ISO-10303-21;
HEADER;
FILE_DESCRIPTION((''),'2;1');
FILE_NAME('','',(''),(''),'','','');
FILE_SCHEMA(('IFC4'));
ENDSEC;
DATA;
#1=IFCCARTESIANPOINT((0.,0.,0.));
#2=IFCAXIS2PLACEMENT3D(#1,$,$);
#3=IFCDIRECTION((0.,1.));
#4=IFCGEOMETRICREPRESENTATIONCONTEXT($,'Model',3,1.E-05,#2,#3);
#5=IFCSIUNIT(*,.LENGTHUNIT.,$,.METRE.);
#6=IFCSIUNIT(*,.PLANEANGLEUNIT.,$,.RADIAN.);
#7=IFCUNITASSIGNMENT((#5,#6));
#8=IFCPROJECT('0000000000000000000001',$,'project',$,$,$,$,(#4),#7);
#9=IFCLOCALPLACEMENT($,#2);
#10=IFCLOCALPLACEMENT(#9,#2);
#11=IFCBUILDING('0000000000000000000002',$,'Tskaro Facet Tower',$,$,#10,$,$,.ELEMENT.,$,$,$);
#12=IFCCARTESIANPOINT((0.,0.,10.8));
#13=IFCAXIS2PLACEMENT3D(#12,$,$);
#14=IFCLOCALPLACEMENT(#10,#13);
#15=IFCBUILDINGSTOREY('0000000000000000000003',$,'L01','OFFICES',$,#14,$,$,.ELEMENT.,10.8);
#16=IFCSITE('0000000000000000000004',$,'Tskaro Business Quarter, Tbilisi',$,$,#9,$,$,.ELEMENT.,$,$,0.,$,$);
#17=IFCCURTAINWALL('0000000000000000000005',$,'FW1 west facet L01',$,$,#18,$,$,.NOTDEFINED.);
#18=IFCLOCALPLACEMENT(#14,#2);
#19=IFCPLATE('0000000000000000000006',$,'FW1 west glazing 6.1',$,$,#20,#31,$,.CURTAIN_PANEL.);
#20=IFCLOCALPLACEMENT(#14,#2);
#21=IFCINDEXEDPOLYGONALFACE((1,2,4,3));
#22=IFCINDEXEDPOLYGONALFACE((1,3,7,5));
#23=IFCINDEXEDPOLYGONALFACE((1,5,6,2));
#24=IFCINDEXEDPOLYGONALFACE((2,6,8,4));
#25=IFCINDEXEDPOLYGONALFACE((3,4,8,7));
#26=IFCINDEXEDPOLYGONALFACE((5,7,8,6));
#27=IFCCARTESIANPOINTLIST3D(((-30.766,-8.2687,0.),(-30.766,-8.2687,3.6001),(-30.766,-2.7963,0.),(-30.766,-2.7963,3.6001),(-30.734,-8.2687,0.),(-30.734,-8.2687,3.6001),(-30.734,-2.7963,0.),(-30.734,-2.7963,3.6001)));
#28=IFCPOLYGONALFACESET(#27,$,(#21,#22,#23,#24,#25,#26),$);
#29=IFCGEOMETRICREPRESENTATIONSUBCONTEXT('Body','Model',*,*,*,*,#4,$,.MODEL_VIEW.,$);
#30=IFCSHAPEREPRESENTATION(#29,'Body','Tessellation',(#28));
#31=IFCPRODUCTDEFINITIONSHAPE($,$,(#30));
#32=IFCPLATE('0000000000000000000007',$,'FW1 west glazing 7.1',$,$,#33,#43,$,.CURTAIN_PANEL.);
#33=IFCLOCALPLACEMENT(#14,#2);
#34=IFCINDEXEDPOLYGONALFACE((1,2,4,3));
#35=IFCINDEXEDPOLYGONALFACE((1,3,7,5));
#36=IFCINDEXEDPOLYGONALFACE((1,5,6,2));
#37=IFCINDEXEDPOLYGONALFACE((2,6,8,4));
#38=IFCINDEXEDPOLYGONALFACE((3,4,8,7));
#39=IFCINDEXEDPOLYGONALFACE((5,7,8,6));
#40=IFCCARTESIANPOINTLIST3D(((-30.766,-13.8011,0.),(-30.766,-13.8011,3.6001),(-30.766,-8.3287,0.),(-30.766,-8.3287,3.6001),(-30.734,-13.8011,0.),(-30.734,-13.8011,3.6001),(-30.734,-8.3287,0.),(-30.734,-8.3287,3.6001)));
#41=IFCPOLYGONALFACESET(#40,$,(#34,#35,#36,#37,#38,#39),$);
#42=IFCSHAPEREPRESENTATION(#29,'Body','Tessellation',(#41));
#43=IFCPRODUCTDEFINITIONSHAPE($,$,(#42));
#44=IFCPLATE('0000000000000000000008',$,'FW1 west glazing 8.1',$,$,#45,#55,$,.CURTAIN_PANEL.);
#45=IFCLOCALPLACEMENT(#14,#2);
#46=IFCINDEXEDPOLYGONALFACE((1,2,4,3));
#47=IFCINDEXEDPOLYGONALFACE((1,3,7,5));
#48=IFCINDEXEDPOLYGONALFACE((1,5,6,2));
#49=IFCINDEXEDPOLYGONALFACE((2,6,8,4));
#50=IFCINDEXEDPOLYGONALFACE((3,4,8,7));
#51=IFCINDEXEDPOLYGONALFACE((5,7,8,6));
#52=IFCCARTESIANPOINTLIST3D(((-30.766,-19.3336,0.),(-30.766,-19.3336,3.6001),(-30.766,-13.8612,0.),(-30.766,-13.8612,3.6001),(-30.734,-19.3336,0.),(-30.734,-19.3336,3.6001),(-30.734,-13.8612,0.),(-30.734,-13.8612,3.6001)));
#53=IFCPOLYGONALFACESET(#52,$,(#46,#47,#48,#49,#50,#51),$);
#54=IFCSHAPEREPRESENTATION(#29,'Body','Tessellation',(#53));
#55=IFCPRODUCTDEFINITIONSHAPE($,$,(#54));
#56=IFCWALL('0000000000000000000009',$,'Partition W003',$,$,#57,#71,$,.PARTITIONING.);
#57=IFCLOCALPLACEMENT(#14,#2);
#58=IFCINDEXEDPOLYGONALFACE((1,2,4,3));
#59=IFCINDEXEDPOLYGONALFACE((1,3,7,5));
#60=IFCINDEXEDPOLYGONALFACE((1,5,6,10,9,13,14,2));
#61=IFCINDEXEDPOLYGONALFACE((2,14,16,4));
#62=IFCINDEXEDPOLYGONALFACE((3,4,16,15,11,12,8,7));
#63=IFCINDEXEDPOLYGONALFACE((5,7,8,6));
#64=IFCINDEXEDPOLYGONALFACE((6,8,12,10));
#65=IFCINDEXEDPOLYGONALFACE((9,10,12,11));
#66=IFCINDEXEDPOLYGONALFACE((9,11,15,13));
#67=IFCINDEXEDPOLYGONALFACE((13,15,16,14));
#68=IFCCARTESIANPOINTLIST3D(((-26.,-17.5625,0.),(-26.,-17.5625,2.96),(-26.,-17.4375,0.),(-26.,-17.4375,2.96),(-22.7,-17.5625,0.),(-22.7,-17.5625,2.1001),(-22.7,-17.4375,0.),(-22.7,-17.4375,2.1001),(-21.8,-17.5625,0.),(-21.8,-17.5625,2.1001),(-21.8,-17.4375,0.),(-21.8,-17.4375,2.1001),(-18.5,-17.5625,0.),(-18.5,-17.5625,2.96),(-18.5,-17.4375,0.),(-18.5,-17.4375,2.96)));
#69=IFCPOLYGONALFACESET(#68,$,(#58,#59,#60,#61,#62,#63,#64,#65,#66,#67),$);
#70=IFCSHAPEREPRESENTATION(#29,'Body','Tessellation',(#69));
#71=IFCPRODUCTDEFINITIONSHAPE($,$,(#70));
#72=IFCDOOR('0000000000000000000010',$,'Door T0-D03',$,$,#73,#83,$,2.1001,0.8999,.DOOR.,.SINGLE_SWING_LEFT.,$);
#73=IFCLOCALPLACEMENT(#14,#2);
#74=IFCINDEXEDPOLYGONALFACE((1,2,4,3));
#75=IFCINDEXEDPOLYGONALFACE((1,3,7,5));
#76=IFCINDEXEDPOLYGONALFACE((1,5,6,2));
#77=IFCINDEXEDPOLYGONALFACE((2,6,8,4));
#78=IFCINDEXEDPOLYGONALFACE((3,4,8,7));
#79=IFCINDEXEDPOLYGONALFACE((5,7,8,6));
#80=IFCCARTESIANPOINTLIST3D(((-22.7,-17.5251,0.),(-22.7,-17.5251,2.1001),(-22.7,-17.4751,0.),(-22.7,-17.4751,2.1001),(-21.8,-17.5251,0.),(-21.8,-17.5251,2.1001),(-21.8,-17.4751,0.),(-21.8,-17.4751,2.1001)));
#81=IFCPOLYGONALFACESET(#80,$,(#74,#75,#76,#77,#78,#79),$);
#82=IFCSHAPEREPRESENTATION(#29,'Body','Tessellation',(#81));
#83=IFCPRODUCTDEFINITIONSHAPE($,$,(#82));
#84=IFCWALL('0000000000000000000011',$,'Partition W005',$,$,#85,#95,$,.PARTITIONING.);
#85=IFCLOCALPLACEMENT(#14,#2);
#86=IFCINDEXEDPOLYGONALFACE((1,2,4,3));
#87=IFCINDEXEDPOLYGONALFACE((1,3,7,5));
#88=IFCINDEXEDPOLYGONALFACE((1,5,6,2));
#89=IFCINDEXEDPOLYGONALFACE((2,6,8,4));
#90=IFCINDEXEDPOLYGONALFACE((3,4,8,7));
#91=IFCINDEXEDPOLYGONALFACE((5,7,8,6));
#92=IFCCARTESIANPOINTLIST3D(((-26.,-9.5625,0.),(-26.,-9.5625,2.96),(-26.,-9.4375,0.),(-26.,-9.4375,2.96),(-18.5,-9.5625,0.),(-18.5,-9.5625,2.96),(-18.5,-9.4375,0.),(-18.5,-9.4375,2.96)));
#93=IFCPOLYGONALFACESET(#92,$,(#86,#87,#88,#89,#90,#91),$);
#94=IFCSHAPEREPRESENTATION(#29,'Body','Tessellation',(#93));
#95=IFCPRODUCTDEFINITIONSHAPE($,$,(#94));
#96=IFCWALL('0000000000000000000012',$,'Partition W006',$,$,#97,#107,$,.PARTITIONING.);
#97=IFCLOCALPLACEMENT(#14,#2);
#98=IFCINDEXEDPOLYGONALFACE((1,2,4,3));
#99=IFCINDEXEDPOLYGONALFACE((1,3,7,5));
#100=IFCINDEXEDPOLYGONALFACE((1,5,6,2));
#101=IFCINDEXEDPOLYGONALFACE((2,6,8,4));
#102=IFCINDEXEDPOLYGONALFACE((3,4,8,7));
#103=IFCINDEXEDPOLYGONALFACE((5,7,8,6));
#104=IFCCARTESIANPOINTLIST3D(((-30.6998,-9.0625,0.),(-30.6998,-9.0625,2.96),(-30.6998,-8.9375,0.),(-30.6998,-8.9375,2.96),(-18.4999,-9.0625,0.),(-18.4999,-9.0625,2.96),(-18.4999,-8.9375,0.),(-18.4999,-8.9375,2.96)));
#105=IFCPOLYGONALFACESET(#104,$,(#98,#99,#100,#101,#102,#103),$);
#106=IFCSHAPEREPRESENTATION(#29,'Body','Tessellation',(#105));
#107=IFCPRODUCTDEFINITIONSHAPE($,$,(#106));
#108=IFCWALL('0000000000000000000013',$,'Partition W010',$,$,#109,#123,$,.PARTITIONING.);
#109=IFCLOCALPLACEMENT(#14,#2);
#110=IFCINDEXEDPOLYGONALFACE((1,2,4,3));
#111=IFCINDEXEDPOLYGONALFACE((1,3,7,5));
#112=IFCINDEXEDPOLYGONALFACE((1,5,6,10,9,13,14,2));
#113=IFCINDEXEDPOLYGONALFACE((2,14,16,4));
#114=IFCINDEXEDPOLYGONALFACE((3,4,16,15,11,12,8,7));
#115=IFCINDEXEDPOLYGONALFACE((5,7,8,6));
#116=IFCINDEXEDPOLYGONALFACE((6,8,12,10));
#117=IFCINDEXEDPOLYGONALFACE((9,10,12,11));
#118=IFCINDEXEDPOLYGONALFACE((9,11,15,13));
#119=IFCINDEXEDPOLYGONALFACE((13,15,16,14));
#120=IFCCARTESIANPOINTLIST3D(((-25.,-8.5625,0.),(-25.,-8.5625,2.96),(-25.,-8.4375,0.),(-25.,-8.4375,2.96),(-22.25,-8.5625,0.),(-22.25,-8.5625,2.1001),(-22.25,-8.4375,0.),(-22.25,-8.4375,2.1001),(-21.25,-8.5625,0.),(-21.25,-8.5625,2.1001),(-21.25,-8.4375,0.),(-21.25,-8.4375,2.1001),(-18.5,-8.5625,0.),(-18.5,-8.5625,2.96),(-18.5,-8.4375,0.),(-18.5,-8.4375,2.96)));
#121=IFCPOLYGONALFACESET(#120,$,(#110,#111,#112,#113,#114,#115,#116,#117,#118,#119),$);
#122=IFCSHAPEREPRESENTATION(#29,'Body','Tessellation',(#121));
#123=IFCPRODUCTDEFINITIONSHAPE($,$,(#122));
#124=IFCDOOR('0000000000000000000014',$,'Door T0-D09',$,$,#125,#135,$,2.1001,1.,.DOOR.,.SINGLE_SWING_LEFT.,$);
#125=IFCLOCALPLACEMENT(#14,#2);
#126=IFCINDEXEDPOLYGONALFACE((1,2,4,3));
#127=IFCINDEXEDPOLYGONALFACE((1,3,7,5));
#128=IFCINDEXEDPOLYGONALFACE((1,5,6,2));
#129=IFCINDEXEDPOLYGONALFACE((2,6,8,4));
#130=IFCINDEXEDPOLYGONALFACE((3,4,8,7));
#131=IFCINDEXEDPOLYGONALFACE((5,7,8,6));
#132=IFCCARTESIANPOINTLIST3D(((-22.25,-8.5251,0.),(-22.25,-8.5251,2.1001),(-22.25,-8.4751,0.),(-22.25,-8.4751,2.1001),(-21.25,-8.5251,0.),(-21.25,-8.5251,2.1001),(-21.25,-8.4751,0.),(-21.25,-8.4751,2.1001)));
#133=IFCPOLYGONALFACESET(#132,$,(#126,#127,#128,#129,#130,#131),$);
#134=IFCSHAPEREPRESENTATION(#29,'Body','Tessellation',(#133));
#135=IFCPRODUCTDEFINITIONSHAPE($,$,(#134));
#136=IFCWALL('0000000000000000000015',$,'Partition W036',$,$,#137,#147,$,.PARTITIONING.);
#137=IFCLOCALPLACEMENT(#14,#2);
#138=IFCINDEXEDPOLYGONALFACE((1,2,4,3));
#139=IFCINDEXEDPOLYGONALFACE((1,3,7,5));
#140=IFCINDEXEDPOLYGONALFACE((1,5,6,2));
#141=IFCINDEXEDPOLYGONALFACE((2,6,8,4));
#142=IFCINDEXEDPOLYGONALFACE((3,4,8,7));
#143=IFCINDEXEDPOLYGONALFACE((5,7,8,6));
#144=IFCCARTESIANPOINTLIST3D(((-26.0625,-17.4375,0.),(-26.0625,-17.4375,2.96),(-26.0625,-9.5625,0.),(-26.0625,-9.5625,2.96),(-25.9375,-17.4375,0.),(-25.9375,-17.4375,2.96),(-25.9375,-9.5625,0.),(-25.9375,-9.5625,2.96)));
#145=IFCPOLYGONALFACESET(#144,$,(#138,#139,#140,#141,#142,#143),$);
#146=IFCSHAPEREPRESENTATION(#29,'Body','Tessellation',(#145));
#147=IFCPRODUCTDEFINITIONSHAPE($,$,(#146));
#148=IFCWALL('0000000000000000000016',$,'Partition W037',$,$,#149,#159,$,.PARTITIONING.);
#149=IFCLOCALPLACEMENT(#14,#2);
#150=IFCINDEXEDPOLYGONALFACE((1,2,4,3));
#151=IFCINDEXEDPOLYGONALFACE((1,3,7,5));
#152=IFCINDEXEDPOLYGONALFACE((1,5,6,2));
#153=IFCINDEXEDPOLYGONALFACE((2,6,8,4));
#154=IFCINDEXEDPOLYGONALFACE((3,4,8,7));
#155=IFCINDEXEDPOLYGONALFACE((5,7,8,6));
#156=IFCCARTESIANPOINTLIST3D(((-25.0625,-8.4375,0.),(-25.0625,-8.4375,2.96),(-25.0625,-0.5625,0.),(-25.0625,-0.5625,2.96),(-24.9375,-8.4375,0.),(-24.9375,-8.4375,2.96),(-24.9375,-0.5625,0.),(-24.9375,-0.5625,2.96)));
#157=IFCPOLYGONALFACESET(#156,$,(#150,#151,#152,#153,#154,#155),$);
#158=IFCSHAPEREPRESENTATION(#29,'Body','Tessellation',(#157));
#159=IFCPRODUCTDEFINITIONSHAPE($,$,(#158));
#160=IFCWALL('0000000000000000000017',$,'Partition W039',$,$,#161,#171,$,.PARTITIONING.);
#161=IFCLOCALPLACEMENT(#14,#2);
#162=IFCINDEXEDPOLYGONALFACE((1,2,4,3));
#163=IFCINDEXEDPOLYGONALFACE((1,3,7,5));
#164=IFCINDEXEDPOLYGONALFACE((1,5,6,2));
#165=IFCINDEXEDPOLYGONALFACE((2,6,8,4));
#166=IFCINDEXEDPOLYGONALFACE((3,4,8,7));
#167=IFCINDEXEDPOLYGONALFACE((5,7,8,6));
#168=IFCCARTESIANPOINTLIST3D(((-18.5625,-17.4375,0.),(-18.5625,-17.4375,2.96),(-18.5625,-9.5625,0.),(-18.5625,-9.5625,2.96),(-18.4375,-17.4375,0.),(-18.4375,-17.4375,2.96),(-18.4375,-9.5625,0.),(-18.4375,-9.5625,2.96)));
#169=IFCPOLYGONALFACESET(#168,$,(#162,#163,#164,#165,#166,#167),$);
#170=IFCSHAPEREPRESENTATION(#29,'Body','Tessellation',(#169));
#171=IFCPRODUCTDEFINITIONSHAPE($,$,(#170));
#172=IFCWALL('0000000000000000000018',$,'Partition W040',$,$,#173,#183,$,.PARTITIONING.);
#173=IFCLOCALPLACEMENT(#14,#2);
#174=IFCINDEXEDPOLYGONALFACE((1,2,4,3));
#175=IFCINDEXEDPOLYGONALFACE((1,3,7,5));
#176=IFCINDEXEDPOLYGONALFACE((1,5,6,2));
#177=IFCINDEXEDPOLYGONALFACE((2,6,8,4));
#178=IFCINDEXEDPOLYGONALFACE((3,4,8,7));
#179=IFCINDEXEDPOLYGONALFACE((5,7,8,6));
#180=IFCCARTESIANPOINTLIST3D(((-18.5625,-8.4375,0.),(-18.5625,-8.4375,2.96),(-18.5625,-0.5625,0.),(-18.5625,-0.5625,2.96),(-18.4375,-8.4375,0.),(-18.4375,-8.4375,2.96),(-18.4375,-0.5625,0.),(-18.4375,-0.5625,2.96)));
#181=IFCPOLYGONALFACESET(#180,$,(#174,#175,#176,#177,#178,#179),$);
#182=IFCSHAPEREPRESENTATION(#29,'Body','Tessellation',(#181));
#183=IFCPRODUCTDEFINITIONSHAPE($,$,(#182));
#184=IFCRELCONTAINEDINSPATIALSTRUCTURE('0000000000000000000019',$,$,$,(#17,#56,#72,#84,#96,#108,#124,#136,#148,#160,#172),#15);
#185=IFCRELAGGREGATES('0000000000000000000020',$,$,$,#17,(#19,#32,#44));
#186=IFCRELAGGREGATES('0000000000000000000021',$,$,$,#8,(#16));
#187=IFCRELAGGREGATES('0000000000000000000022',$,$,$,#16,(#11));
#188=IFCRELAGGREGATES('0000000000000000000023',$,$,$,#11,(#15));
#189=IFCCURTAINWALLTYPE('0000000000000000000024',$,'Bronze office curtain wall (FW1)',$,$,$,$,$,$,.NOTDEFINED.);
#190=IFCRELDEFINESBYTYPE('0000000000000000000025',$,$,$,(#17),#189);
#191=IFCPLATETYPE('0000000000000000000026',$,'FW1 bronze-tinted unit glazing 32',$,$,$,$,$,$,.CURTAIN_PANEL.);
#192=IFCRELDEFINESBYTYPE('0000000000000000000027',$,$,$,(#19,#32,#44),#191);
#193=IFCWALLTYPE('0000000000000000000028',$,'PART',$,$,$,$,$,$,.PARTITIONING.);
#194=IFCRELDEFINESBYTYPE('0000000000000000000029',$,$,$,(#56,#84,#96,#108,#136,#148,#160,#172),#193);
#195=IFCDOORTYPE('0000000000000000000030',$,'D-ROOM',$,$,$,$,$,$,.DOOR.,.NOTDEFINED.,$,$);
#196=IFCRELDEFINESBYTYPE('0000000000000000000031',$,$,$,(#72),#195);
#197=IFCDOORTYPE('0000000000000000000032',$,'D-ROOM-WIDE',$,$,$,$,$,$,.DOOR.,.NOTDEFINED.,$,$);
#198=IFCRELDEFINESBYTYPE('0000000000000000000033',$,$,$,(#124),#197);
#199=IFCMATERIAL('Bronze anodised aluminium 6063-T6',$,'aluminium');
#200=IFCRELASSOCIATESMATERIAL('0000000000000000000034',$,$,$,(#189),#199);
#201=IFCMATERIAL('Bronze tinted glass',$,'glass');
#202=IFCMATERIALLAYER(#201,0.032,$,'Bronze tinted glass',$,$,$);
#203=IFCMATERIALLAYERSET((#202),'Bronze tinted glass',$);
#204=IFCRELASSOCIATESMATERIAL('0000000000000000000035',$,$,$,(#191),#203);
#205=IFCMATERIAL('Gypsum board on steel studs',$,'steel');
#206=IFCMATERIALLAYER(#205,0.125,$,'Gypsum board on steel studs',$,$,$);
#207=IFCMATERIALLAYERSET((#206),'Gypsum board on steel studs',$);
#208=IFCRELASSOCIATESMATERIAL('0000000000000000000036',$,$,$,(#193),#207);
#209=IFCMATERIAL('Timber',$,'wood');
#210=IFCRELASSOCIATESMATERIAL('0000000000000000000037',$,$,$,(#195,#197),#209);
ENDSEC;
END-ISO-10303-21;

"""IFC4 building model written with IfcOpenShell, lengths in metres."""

from ifc_helpers import new_model, si_unit, direction, frame, frame_2d, origin, origin_2d, place, context, subcontext, project, spatial, rectangle, extrude, material, layer, layer_set, type_object, element, fill, aggregate, save


model = new_model("IFC4")

# Units and contexts
model_context = context("Model", 3, precision=1e-05, world=origin(), true_north=direction((0.0, 1.0)))
body_context = subcontext(model_context, "Body", "Model", "MODEL_VIEW")
ifc_project = project(units=[si_unit("LENGTHUNIT", "METRE"), si_unit("PLANEANGLEUNIT", "RADIAN")], contexts=[model_context])

# Site, building, storey
site_placement = place(None, origin())
site = spatial("IfcSite", under=ifc_project, at=site_placement, Name="Tskaro Business Quarter, Tbilisi", CompositionType="ELEMENT", RefElevation=0.0)
building_placement = place(site_placement, origin())
building = spatial("IfcBuilding", under=site, at=building_placement, Name="Tskaro Facet Tower", CompositionType="ELEMENT")
storey_placement = place(building_placement, frame((0.0, 0.0, 10.8)))
storey = spatial("IfcBuildingStorey", under=building, at=storey_placement, Name="L01", Description="OFFICES", CompositionType="ELEMENT", Elevation=10.8)

# Curtain wall
ifc_material_1 = material(Name="Bronze anodised aluminium 6063-T6", Category="aluminium")
curtain_wall_type = type_object("IfcCurtainWallType", Name="Bronze office curtain wall (FW1)", PredefinedType="NOTDEFINED", material=ifc_material_1)
curtain_wall_placement = place(storey_placement, origin())
curtain_wall = element("IfcCurtainWall", 1, at=curtain_wall_placement, inside=storey, type_object=curtain_wall_type, Name="FW1 west facet L01", PredefinedType="NOTDEFINED")

# Plates
ifc_material_2 = material(Name="Bronze tinted glass", Category="glass")
ifc_layer_1 = layer(ifc_material_2, 0.032, Name="Bronze tinted glass")
ifc_layer_set_1 = layer_set([ifc_layer_1], Name="Bronze tinted glass")
plate_type = type_object("IfcPlateType", Name="FW1 bronze-tinted unit glazing 32", PredefinedType="CURTAIN_PANEL", material=ifc_layer_set_1)
plate_1_placement = place(storey_placement, frame((-30.75, -5.5325, 0.0), z_axis=(0.0, 0.0, 1.0), x_axis=(0.0, -1.0, 0.0)))
plate_1 = element("IfcPlate", 2, at=plate_1_placement, type_object=plate_type, Name="FW1 west glazing 6.1", PredefinedType="CURTAIN_PANEL", context=body_context, shape_type="SweptSolid", body=[
    extrude(rectangle(XDim=5.4724, YDim=0.032, at=origin_2d()), origin(), (0.0, 0.0, 1.0), 3.6001),
])
plate_2_placement = place(storey_placement, frame((-30.75, -11.0649, 0.0), z_axis=(0.0, 0.0, 1.0), x_axis=(0.0, -1.0, 0.0)))
plate_2 = element("IfcPlate", 3, at=plate_2_placement, type_object=plate_type, Name="FW1 west glazing 7.1", PredefinedType="CURTAIN_PANEL", context=body_context, shape_type="SweptSolid", body=[
    extrude(rectangle(XDim=5.4724, YDim=0.032, at=origin_2d()), origin(), (0.0, 0.0, 1.0), 3.6001),
])
plate_3_placement = place(storey_placement, frame((-30.75, -16.5974, 0.0), z_axis=(0.0, 0.0, 1.0), x_axis=(0.0, -1.0, 0.0)))
plate_3 = element("IfcPlate", 4, at=plate_3_placement, type_object=plate_type, Name="FW1 west glazing 8.1", PredefinedType="CURTAIN_PANEL", context=body_context, shape_type="SweptSolid", body=[
    extrude(rectangle(XDim=5.4724, YDim=0.032, at=origin_2d()), origin(), (0.0, 0.0, 1.0), 3.6001),
])
aggregate(curtain_wall, [plate_1, plate_2, plate_3])

# Wall, opening, door
ifc_material_3 = material(Name="Gypsum board on steel studs", Category="steel")
ifc_layer_2 = layer(ifc_material_3, 0.125, Name="Gypsum board on steel studs")
ifc_layer_set_2 = layer_set([ifc_layer_2], Name="Gypsum board on steel studs")
wall_type = type_object("IfcWallType", Name="PART", PredefinedType="PARTITIONING", material=ifc_layer_set_2)
wall_1_placement = place(storey_placement, frame((-26.0, -17.5, 0.0), z_axis=(0.0, 0.0, 1.0), x_axis=(1.0, 0.0, 0.0)))
wall_1 = element("IfcWall", 5, at=wall_1_placement, inside=storey, type_object=wall_type, Name="Partition W003", PredefinedType="PARTITIONING", context=body_context, shape_type="SweptSolid", body=[
    extrude(rectangle(XDim=7.5, YDim=0.125, at=frame_2d((3.75, 0.0))), origin(), (0.0, 0.0, 1.0), 2.96),
])
opening_1_placement = place(wall_1_placement, frame((3.3, 0.0, 0.0)))
opening_1 = element("IfcOpeningElement", 6, at=opening_1_placement, cuts=wall_1, PredefinedType="OPENING", context=body_context, shape_type="SweptSolid", body=[
    extrude(rectangle(XDim=0.8999, YDim=2.1001, at=frame_2d((0.45, 1.05))), frame((0.0, 0.0725, 0.0), z_axis=(0.0, -1.0, 0.0), x_axis=(1.0, 0.0, 0.0)), (0.0, 0.0, 1.0), 0.145),
])
ifc_material_4 = material(Name="Timber", Category="wood")
door_type_1 = type_object("IfcDoorType", Name="D-ROOM", OperationType="NOTDEFINED", PredefinedType="DOOR", material=ifc_material_4)
door_1_placement = place(opening_1_placement, origin())
door_1 = element("IfcDoor", 7, at=door_1_placement, inside=storey, type_object=door_type_1, Name="Door T0-D03", OperationType="SINGLE_SWING_LEFT", OverallHeight=2.1001, OverallWidth=0.8999, PredefinedType="DOOR", context=body_context, shape_type="SweptSolid", body=[
    extrude(rectangle(XDim=0.8999, YDim=2.1001, at=frame_2d((0.45, 1.05))), frame((0.0, 0.0249, 0.0), z_axis=(0.0, -1.0, 0.0), x_axis=(1.0, 0.0, 0.0)), (0.0, 0.0, 1.0), 0.05),
])
fill(opening_1, door_1)

# Walls
wall_2_placement = place(storey_placement, frame((-26.0, -9.5, 0.0), z_axis=(0.0, 0.0, 1.0), x_axis=(1.0, 0.0, 0.0)))
element("IfcWall", 8, at=wall_2_placement, inside=storey, type_object=wall_type, Name="Partition W005", PredefinedType="PARTITIONING", context=body_context, shape_type="SweptSolid", body=[
    extrude(rectangle(XDim=7.5, YDim=0.125, at=frame_2d((3.75, 0.0))), origin(), (0.0, 0.0, 1.0), 2.96),
])
wall_3_placement = place(storey_placement, frame((-30.7, -9.0, 0.0), z_axis=(0.0, 0.0, 1.0), x_axis=(1.0, 0.0, 0.0)))
element("IfcWall", 9, at=wall_3_placement, inside=storey, type_object=wall_type, Name="Partition W006", PredefinedType="PARTITIONING", context=body_context, shape_type="SweptSolid", body=[
    extrude(rectangle(XDim=12.2, YDim=0.125, at=frame_2d((6.1001, 0.0))), origin(), (0.0, 0.0, 1.0), 2.96),
])

# Wall, opening, door
wall_4_placement = place(storey_placement, frame((-25.0, -8.5, 0.0), z_axis=(0.0, 0.0, 1.0), x_axis=(1.0, 0.0, 0.0)))
wall_4 = element("IfcWall", 10, at=wall_4_placement, inside=storey, type_object=wall_type, Name="Partition W010", PredefinedType="PARTITIONING", context=body_context, shape_type="SweptSolid", body=[
    extrude(rectangle(XDim=6.5, YDim=0.125, at=frame_2d((3.25, 0.0))), origin(), (0.0, 0.0, 1.0), 2.96),
])
opening_2_placement = place(wall_4_placement, frame((2.75, 0.0, 0.0)))
opening_2 = element("IfcOpeningElement", 11, at=opening_2_placement, cuts=wall_4, PredefinedType="OPENING", context=body_context, shape_type="SweptSolid", body=[
    extrude(rectangle(XDim=1.0, YDim=2.1001, at=frame_2d((0.5, 1.05))), frame((0.0, 0.0725, 0.0), z_axis=(0.0, -1.0, 0.0), x_axis=(1.0, 0.0, 0.0)), (0.0, 0.0, 1.0), 0.145),
])
door_type_2 = type_object("IfcDoorType", Name="D-ROOM-WIDE", OperationType="NOTDEFINED", PredefinedType="DOOR", material=ifc_material_4)
door_2_placement = place(opening_2_placement, origin())
door_2 = element("IfcDoor", 12, at=door_2_placement, inside=storey, type_object=door_type_2, Name="Door T0-D09", OperationType="SINGLE_SWING_LEFT", OverallHeight=2.1001, OverallWidth=1.0, PredefinedType="DOOR", context=body_context, shape_type="SweptSolid", body=[
    extrude(rectangle(XDim=1.0, YDim=2.1001, at=frame_2d((0.5, 1.05))), frame((0.0, 0.0249, 0.0), z_axis=(0.0, -1.0, 0.0), x_axis=(1.0, 0.0, 0.0)), (0.0, 0.0, 1.0), 0.05),
])
fill(opening_2, door_2)

# Walls
for number, where, z_axis, x_axis, name in (
    (13, (-26.0, -17.4375, 0.0), (0.0, 0.0, 1.0), (0.0, 1.0, 0.0), "Partition W036"),
    (14, (-25.0, -8.4375, 0.0), (0.0, 0.0, 1.0), (0.0, 1.0, 0.0), "Partition W037"),
    (15, (-18.5, -17.4375, 0.0), (0.0, 0.0, 1.0), (0.0, 1.0, 0.0), "Partition W039"),
    (16, (-18.5, -8.4375, 0.0), (0.0, 0.0, 1.0), (0.0, 1.0, 0.0), "Partition W040"),
):
    element("IfcWall", number, at=place(storey_placement, frame(where, z_axis=z_axis, x_axis=x_axis)), inside=storey, type_object=wall_type, Name=name, PredefinedType="PARTITIONING", context=body_context, shape_type="SweptSolid", body=[
        extrude(rectangle(XDim=7.875, YDim=0.125, at=frame_2d((3.9375, 0.0))), origin(), (0.0, 0.0, 1.0), 2.96),
    ])

save(model, "model.ifc")
